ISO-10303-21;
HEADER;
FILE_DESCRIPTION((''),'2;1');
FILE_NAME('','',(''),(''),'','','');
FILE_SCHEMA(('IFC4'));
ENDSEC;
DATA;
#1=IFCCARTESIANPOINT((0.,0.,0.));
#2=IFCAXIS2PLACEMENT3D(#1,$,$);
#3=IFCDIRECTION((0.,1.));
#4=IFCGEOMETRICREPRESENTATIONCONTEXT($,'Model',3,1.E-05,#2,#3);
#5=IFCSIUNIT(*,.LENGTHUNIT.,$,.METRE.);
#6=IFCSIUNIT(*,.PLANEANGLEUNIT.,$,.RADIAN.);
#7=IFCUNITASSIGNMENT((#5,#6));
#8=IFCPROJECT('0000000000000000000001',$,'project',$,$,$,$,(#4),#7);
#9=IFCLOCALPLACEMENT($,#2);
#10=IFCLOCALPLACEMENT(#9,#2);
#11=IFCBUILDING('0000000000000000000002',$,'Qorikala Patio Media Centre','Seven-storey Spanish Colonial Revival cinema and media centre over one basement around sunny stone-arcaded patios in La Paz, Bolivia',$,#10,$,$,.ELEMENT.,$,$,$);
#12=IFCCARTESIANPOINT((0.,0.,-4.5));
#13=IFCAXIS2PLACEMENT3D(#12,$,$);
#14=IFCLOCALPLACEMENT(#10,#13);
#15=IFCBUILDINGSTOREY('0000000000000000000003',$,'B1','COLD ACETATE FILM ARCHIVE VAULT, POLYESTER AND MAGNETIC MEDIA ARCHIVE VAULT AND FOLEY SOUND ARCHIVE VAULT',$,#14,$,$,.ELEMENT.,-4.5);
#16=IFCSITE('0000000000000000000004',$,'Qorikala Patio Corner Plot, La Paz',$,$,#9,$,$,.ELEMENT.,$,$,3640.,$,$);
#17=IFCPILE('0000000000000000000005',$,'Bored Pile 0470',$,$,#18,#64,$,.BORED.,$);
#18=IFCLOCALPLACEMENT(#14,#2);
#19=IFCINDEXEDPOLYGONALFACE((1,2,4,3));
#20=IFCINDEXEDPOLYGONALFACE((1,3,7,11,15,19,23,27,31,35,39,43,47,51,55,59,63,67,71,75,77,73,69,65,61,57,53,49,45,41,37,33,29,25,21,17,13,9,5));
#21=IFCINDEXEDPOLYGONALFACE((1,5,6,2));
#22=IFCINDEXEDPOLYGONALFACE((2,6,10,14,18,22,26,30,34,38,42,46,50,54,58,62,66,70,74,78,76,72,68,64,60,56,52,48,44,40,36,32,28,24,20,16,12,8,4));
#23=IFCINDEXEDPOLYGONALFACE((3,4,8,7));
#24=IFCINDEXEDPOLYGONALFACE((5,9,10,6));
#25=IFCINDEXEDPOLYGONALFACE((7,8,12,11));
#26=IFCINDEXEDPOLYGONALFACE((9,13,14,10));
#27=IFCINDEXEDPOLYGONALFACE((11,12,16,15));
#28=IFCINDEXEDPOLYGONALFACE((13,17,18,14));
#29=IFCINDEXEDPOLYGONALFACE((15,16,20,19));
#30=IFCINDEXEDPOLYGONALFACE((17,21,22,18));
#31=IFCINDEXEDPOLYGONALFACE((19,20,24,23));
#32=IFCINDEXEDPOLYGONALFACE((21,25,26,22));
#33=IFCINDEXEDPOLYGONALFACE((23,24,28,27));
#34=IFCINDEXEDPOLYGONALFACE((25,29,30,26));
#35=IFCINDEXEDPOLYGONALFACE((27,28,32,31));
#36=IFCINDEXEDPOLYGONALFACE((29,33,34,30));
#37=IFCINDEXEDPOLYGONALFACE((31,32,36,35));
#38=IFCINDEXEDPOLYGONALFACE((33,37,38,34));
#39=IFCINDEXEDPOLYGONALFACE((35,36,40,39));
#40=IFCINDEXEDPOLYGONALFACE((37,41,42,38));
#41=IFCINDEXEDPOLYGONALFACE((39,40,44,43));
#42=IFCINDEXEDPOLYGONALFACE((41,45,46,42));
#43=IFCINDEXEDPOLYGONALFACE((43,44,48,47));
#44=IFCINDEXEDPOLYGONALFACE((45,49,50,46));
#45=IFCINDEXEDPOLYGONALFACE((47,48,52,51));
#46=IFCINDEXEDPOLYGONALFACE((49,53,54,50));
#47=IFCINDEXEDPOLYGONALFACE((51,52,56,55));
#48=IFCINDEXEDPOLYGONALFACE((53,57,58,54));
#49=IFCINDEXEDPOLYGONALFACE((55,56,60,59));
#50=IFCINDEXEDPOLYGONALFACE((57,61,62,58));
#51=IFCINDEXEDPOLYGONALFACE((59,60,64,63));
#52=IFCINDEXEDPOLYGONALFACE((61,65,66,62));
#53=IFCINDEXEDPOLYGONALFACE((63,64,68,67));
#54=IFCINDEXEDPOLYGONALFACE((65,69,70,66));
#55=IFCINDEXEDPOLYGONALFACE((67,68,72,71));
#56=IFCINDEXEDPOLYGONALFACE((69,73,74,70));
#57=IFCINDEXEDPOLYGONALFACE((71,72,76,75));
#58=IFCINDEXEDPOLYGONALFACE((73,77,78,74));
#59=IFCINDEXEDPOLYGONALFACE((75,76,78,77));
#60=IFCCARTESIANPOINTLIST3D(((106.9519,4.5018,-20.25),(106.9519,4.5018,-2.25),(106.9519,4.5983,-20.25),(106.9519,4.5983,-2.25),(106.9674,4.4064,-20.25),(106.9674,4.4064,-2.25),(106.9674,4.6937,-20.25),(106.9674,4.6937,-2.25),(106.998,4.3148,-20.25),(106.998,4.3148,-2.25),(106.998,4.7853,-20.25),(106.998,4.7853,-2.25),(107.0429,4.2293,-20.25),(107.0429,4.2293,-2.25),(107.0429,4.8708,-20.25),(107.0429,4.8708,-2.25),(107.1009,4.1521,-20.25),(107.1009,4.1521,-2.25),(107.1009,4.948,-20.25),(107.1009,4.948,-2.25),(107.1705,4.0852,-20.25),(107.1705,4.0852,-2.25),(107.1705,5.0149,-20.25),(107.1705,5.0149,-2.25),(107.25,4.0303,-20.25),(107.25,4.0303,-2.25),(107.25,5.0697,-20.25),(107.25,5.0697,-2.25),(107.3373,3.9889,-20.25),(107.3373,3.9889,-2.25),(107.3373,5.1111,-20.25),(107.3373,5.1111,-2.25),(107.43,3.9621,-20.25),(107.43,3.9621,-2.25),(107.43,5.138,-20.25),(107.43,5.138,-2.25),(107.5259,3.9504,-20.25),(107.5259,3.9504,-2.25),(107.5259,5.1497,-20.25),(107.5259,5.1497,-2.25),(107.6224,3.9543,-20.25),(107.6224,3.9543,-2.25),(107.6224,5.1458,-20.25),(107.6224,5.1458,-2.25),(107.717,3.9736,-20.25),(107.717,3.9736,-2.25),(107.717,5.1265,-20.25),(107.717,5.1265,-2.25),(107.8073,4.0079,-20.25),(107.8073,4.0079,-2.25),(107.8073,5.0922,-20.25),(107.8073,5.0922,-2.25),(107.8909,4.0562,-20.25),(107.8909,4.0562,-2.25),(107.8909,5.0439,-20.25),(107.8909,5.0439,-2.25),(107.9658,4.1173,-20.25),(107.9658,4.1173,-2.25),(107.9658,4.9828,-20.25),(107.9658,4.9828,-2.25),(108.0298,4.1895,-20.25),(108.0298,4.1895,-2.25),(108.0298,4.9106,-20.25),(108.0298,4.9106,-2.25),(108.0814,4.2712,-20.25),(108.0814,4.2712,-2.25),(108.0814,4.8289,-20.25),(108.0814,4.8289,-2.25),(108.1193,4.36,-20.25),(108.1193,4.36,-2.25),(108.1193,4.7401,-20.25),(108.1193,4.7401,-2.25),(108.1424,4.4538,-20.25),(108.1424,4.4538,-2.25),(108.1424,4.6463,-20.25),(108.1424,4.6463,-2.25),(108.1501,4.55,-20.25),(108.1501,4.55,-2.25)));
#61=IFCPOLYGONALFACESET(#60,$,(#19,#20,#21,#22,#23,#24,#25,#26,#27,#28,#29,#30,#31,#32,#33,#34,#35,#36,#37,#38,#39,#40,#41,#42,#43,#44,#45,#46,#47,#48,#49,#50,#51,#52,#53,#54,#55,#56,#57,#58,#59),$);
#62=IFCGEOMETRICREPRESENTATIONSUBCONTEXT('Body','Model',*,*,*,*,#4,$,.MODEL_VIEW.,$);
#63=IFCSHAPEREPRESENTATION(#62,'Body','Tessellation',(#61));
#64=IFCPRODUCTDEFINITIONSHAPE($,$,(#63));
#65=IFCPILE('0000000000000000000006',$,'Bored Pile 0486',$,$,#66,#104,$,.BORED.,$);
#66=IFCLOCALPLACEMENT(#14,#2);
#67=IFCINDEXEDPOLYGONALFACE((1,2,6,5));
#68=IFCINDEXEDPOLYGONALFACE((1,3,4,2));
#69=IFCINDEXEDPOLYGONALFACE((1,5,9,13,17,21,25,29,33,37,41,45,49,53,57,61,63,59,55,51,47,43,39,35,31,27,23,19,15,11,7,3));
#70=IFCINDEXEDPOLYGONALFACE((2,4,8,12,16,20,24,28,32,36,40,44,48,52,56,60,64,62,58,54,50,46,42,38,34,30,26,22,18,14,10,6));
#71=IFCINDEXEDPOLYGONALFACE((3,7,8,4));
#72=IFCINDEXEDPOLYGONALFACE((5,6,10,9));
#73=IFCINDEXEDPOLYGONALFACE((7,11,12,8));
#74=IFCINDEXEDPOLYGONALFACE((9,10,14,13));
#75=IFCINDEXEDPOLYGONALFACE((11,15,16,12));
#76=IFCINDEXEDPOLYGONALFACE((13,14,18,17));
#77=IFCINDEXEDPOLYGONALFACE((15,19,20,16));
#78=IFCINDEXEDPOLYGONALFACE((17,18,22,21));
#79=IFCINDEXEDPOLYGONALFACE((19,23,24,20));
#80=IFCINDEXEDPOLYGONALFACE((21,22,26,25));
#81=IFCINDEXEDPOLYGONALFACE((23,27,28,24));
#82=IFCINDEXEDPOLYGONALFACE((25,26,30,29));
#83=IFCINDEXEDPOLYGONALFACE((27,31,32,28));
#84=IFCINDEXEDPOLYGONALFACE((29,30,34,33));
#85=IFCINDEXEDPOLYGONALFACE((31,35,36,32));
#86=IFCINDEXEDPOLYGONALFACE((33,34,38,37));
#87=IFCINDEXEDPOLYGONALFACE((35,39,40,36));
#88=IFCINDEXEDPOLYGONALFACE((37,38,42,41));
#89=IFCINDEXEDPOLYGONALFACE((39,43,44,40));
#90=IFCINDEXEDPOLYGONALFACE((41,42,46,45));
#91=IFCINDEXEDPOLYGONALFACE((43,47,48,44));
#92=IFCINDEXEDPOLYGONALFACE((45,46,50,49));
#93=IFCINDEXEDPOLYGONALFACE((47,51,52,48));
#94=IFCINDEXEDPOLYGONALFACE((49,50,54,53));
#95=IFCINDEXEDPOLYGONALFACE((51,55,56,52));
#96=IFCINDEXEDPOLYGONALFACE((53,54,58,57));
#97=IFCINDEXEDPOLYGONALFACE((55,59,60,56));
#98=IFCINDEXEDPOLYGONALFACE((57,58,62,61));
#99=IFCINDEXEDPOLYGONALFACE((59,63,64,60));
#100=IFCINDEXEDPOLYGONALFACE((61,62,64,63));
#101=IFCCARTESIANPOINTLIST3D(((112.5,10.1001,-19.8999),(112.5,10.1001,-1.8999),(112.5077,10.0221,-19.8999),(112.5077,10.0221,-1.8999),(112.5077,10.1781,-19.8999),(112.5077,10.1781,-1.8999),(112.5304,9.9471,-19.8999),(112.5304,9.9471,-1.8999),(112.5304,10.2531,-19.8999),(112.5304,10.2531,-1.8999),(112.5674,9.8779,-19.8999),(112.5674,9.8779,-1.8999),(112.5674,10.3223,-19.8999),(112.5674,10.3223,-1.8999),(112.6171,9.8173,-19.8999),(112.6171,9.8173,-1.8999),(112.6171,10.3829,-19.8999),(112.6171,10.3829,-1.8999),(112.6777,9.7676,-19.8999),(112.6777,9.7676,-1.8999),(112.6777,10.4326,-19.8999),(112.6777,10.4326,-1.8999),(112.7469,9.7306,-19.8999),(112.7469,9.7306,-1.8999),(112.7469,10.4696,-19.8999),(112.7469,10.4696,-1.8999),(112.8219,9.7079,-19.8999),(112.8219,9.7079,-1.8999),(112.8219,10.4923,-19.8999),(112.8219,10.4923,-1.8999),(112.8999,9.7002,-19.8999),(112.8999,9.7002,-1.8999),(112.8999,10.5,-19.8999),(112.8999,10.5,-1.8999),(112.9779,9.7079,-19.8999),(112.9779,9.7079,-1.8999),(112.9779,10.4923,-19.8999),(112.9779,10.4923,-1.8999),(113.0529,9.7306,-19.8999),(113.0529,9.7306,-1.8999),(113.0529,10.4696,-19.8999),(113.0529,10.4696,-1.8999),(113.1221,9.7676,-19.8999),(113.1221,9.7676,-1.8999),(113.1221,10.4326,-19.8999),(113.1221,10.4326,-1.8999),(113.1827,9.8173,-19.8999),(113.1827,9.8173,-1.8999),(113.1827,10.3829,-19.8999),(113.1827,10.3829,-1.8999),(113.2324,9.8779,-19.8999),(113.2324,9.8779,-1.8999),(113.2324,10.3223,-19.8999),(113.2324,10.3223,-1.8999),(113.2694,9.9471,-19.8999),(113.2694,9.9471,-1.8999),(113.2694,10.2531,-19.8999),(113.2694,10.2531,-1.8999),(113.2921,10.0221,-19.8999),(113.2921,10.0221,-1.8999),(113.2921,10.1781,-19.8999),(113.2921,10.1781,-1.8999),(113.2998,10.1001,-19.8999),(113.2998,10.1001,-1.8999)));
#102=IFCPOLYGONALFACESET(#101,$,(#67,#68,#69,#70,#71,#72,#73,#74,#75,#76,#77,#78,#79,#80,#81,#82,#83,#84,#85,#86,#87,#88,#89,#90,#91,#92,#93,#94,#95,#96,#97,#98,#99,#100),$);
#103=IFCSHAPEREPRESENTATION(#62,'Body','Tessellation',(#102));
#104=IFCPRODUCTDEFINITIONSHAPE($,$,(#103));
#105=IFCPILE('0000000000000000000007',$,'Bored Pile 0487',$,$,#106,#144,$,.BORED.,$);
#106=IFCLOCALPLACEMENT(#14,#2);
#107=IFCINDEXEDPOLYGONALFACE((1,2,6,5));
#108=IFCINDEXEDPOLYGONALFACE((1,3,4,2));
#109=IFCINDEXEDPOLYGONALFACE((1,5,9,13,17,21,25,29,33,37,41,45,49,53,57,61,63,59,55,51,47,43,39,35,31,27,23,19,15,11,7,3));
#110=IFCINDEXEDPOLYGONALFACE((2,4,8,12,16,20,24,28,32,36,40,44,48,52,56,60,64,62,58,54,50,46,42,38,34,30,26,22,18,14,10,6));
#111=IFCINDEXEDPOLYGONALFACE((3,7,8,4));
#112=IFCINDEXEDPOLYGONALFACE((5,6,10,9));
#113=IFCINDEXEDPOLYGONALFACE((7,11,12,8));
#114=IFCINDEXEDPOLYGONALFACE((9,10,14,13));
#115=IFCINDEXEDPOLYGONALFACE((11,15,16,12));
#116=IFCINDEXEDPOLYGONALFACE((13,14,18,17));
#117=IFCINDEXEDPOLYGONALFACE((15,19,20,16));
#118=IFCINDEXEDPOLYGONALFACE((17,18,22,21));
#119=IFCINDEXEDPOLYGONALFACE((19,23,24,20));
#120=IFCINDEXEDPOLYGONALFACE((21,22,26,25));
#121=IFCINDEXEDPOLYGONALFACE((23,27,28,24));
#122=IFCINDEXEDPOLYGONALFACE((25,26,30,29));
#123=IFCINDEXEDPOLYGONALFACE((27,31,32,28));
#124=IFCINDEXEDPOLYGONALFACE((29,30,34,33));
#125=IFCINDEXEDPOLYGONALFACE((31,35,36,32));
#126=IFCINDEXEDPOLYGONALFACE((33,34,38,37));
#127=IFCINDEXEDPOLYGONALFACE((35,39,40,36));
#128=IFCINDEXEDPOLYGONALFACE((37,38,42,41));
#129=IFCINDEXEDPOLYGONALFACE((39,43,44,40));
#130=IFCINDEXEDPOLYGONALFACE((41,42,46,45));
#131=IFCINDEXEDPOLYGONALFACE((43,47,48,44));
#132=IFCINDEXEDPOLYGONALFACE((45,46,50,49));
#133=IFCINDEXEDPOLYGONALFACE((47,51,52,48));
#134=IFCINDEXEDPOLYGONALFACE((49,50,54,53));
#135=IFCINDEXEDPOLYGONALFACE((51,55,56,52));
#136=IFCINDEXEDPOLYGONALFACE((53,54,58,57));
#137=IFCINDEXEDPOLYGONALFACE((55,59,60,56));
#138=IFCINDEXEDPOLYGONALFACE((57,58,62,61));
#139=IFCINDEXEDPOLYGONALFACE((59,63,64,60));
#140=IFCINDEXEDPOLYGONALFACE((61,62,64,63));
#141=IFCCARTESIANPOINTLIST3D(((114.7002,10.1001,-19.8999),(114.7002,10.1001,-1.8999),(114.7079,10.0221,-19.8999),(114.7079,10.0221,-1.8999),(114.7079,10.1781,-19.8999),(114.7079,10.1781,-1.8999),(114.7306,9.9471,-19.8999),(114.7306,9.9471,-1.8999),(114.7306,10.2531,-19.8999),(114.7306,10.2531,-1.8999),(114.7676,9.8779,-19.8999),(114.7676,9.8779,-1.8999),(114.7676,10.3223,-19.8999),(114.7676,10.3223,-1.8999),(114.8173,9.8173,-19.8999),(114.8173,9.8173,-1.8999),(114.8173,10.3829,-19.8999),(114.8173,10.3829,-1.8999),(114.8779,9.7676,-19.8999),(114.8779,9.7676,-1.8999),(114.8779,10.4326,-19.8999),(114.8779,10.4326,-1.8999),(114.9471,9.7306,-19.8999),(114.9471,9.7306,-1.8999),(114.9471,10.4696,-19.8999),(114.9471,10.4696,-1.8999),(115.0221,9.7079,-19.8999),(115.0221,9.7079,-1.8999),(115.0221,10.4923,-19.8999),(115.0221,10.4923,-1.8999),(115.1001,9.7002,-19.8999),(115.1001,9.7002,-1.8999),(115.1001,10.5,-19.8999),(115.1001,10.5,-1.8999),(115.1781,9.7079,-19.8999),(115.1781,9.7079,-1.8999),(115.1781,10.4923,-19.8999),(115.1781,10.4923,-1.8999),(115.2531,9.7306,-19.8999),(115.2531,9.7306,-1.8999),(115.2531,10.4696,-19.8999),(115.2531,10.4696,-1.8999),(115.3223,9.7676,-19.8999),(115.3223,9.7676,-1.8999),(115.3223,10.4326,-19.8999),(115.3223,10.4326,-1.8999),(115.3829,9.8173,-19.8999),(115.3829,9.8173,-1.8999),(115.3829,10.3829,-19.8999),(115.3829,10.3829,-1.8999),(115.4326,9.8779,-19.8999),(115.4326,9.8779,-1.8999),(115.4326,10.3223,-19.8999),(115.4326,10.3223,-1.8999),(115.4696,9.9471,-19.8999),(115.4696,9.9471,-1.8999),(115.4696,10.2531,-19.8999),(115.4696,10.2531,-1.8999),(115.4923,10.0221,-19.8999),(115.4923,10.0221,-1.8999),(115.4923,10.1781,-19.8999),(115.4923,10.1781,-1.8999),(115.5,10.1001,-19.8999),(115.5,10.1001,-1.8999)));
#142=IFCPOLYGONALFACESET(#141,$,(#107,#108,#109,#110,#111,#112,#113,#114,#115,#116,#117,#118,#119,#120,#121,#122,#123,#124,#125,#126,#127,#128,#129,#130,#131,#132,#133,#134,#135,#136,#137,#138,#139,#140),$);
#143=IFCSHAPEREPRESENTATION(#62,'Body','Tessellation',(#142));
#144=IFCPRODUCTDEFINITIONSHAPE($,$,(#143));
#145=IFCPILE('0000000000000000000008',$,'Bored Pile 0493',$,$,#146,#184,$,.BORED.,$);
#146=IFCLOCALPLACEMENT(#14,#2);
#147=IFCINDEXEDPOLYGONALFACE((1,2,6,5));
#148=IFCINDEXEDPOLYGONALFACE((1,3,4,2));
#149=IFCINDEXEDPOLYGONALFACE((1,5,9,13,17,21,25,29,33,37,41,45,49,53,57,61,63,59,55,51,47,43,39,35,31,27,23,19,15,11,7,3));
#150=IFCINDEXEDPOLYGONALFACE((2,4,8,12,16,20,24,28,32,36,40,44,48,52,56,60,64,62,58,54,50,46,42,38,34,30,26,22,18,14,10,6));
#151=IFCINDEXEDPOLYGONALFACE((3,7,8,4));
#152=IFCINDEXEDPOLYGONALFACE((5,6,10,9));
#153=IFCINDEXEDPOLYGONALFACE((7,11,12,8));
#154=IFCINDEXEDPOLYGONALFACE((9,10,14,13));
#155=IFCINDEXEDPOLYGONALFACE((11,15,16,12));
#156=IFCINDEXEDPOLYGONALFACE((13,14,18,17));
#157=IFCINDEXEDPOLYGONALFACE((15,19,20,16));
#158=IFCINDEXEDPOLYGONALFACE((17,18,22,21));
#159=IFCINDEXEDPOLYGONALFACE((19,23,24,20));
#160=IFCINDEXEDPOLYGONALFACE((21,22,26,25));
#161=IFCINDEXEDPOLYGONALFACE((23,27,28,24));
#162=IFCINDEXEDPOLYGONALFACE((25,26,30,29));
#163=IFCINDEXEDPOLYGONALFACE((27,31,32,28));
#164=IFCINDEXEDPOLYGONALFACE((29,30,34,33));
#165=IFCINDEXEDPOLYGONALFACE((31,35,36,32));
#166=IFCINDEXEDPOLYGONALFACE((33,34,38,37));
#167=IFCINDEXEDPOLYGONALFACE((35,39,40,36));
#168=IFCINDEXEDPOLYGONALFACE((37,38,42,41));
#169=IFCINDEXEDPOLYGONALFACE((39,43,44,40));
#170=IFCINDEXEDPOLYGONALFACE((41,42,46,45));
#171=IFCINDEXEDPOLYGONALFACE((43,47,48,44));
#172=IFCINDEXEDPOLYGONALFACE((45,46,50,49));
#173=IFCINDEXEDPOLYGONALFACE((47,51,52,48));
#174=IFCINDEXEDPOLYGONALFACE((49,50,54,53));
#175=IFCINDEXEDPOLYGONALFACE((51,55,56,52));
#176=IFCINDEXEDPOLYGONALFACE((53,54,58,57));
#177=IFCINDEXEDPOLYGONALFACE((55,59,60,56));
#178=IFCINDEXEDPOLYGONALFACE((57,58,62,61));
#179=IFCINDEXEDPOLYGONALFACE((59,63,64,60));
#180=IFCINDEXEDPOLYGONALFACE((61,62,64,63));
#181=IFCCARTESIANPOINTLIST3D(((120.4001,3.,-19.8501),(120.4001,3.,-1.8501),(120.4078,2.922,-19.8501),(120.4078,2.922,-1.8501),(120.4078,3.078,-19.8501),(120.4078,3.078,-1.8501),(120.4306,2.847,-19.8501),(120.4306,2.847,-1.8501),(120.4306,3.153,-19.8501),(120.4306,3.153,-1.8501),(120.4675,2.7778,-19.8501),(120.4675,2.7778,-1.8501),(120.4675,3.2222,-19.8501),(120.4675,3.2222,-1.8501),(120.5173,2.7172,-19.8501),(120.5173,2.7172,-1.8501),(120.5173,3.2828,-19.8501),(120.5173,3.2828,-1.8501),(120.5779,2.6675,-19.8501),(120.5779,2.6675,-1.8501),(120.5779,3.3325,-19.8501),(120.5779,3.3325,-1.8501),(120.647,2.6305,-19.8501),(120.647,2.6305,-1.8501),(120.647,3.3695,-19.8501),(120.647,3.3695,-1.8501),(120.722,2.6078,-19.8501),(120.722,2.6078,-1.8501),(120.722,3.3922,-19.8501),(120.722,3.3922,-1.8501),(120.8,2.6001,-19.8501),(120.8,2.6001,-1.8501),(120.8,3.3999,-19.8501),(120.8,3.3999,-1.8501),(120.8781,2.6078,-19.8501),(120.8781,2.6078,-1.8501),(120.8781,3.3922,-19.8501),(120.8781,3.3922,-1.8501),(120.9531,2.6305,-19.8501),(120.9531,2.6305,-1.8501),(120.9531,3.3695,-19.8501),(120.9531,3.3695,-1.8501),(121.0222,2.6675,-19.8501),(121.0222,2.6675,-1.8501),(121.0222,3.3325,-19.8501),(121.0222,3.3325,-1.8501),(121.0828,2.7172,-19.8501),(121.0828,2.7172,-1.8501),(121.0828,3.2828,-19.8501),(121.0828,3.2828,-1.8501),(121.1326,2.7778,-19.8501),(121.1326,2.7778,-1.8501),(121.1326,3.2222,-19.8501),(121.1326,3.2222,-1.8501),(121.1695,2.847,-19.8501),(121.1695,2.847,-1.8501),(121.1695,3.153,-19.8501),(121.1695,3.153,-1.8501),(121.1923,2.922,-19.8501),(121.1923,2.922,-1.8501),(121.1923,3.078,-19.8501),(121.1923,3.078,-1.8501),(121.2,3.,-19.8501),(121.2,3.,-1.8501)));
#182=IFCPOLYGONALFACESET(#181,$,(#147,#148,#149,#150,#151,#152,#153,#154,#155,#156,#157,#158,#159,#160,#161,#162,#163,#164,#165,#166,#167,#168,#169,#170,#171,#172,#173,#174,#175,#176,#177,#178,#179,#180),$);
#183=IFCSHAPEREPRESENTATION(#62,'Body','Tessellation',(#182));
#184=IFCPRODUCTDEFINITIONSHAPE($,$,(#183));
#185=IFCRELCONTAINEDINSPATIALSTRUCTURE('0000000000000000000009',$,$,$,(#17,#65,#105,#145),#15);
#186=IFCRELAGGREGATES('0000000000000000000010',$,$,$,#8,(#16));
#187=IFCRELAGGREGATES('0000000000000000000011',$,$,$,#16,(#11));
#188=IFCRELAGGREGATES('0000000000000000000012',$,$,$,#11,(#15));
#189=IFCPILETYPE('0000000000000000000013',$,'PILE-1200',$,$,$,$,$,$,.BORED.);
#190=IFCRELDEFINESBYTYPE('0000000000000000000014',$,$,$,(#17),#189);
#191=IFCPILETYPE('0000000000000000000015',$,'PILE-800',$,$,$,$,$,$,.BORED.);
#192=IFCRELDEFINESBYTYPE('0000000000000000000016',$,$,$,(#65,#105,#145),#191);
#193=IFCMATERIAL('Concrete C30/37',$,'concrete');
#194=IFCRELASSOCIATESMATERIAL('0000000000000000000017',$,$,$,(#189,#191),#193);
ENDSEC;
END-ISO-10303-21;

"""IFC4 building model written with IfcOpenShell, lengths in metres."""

from ifc_helpers import new_model, si_unit, direction, frame, origin, origin_2d, place, context, subcontext, project, spatial, circle, extrude, material, material_profile, profile_set, type_object, element, save


model = new_model("IFC4")

# Units and contexts
model_context = context("Model", 3, precision=1e-05, world=origin(), true_north=direction((0.0, 1.0)))
body_context = subcontext(model_context, "Body", "Model", "MODEL_VIEW")
ifc_project = project(units=[si_unit("LENGTHUNIT", "METRE"), si_unit("PLANEANGLEUNIT", "RADIAN")], contexts=[model_context])

# Site, building, storey
site_placement = place(None, origin())
site = spatial("IfcSite", under=ifc_project, at=site_placement, Name="Qorikala Patio Corner Plot, La Paz", CompositionType="ELEMENT", RefElevation=3640.0)
building_placement = place(site_placement, origin())
building = spatial("IfcBuilding", under=site, at=building_placement, Name="Qorikala Patio Media Centre", Description="Seven-storey Spanish Colonial Revival cinema and media centre over one basement around sunny stone-arcaded patios in La Paz, Bolivia", CompositionType="ELEMENT")
storey_placement = place(building_placement, frame((0.0, 0.0, -4.5)))
storey = spatial("IfcBuildingStorey", under=building, at=storey_placement, Name="B1", Description="COLD ACETATE FILM ARCHIVE VAULT, POLYESTER AND MAGNETIC MEDIA ARCHIVE VAULT AND FOLEY SOUND ARCHIVE VAULT", CompositionType="ELEMENT", Elevation=-4.5)

# Shared definitions
ifc_material_1 = material(Name="Concrete C30/37", Category="concrete")

# Piles
ifc_material_profile_1 = material_profile(ifc_material_1, circle(Radius=0.6001, at=origin_2d()), Name="BORED PILE 1200")
ifc_profile_set_1 = profile_set([ifc_material_profile_1], Name="Concrete C30/37")
pile_type_1 = type_object("IfcPileType", Name="PILE-1200", PredefinedType="BORED", material=ifc_profile_set_1)
for number, where, z_axis, x_axis, name in (
    (1, (107.55, 4.55, -2.25), (0.0, 0.0, -1.0), (1.0, 0.0, 0.0), "Bored Pile 0470"),
):
    element("IfcPile", number, at=place(storey_placement, frame(where, z_axis=z_axis, x_axis=x_axis)), inside=storey, type_object=pile_type_1, Name=name, PredefinedType="BORED", context=body_context, shape_type="SweptSolid", body=[
        extrude(circle(Radius=0.6001, at=origin_2d()), origin(), (0.0, 0.0, 1.0), 18.0),
    ])
ifc_material_profile_2 = material_profile(ifc_material_1, circle(Radius=0.3999, at=origin_2d()), Name="BORED PILE 800")
ifc_profile_set_2 = profile_set([ifc_material_profile_2], Name="Concrete C30/37")
pile_type_2 = type_object("IfcPileType", Name="PILE-800", PredefinedType="BORED", material=ifc_profile_set_2)
for number, where, z_axis, x_axis, name in (
    (2, (112.8999, 10.1001, -1.8999), (0.0, 0.0, -1.0), (1.0, 0.0, 0.0), "Bored Pile 0486"),
    (3, (115.1001, 10.1001, -1.8999), (0.0, 0.0, -1.0), (1.0, 0.0, 0.0), "Bored Pile 0487"),
    (4, (120.8, 3.0, -1.8501), (0.0, 0.0, -1.0), (1.0, 0.0, 0.0), "Bored Pile 0493"),
):
    element("IfcPile", number, at=place(storey_placement, frame(where, z_axis=z_axis, x_axis=x_axis)), inside=storey, type_object=pile_type_2, Name=name, PredefinedType="BORED", context=body_context, shape_type="SweptSolid", body=[
        extrude(circle(Radius=0.3999, at=origin_2d()), origin(), (0.0, 0.0, 1.0), 18.0),
    ])

save(model, "model.ifc")
